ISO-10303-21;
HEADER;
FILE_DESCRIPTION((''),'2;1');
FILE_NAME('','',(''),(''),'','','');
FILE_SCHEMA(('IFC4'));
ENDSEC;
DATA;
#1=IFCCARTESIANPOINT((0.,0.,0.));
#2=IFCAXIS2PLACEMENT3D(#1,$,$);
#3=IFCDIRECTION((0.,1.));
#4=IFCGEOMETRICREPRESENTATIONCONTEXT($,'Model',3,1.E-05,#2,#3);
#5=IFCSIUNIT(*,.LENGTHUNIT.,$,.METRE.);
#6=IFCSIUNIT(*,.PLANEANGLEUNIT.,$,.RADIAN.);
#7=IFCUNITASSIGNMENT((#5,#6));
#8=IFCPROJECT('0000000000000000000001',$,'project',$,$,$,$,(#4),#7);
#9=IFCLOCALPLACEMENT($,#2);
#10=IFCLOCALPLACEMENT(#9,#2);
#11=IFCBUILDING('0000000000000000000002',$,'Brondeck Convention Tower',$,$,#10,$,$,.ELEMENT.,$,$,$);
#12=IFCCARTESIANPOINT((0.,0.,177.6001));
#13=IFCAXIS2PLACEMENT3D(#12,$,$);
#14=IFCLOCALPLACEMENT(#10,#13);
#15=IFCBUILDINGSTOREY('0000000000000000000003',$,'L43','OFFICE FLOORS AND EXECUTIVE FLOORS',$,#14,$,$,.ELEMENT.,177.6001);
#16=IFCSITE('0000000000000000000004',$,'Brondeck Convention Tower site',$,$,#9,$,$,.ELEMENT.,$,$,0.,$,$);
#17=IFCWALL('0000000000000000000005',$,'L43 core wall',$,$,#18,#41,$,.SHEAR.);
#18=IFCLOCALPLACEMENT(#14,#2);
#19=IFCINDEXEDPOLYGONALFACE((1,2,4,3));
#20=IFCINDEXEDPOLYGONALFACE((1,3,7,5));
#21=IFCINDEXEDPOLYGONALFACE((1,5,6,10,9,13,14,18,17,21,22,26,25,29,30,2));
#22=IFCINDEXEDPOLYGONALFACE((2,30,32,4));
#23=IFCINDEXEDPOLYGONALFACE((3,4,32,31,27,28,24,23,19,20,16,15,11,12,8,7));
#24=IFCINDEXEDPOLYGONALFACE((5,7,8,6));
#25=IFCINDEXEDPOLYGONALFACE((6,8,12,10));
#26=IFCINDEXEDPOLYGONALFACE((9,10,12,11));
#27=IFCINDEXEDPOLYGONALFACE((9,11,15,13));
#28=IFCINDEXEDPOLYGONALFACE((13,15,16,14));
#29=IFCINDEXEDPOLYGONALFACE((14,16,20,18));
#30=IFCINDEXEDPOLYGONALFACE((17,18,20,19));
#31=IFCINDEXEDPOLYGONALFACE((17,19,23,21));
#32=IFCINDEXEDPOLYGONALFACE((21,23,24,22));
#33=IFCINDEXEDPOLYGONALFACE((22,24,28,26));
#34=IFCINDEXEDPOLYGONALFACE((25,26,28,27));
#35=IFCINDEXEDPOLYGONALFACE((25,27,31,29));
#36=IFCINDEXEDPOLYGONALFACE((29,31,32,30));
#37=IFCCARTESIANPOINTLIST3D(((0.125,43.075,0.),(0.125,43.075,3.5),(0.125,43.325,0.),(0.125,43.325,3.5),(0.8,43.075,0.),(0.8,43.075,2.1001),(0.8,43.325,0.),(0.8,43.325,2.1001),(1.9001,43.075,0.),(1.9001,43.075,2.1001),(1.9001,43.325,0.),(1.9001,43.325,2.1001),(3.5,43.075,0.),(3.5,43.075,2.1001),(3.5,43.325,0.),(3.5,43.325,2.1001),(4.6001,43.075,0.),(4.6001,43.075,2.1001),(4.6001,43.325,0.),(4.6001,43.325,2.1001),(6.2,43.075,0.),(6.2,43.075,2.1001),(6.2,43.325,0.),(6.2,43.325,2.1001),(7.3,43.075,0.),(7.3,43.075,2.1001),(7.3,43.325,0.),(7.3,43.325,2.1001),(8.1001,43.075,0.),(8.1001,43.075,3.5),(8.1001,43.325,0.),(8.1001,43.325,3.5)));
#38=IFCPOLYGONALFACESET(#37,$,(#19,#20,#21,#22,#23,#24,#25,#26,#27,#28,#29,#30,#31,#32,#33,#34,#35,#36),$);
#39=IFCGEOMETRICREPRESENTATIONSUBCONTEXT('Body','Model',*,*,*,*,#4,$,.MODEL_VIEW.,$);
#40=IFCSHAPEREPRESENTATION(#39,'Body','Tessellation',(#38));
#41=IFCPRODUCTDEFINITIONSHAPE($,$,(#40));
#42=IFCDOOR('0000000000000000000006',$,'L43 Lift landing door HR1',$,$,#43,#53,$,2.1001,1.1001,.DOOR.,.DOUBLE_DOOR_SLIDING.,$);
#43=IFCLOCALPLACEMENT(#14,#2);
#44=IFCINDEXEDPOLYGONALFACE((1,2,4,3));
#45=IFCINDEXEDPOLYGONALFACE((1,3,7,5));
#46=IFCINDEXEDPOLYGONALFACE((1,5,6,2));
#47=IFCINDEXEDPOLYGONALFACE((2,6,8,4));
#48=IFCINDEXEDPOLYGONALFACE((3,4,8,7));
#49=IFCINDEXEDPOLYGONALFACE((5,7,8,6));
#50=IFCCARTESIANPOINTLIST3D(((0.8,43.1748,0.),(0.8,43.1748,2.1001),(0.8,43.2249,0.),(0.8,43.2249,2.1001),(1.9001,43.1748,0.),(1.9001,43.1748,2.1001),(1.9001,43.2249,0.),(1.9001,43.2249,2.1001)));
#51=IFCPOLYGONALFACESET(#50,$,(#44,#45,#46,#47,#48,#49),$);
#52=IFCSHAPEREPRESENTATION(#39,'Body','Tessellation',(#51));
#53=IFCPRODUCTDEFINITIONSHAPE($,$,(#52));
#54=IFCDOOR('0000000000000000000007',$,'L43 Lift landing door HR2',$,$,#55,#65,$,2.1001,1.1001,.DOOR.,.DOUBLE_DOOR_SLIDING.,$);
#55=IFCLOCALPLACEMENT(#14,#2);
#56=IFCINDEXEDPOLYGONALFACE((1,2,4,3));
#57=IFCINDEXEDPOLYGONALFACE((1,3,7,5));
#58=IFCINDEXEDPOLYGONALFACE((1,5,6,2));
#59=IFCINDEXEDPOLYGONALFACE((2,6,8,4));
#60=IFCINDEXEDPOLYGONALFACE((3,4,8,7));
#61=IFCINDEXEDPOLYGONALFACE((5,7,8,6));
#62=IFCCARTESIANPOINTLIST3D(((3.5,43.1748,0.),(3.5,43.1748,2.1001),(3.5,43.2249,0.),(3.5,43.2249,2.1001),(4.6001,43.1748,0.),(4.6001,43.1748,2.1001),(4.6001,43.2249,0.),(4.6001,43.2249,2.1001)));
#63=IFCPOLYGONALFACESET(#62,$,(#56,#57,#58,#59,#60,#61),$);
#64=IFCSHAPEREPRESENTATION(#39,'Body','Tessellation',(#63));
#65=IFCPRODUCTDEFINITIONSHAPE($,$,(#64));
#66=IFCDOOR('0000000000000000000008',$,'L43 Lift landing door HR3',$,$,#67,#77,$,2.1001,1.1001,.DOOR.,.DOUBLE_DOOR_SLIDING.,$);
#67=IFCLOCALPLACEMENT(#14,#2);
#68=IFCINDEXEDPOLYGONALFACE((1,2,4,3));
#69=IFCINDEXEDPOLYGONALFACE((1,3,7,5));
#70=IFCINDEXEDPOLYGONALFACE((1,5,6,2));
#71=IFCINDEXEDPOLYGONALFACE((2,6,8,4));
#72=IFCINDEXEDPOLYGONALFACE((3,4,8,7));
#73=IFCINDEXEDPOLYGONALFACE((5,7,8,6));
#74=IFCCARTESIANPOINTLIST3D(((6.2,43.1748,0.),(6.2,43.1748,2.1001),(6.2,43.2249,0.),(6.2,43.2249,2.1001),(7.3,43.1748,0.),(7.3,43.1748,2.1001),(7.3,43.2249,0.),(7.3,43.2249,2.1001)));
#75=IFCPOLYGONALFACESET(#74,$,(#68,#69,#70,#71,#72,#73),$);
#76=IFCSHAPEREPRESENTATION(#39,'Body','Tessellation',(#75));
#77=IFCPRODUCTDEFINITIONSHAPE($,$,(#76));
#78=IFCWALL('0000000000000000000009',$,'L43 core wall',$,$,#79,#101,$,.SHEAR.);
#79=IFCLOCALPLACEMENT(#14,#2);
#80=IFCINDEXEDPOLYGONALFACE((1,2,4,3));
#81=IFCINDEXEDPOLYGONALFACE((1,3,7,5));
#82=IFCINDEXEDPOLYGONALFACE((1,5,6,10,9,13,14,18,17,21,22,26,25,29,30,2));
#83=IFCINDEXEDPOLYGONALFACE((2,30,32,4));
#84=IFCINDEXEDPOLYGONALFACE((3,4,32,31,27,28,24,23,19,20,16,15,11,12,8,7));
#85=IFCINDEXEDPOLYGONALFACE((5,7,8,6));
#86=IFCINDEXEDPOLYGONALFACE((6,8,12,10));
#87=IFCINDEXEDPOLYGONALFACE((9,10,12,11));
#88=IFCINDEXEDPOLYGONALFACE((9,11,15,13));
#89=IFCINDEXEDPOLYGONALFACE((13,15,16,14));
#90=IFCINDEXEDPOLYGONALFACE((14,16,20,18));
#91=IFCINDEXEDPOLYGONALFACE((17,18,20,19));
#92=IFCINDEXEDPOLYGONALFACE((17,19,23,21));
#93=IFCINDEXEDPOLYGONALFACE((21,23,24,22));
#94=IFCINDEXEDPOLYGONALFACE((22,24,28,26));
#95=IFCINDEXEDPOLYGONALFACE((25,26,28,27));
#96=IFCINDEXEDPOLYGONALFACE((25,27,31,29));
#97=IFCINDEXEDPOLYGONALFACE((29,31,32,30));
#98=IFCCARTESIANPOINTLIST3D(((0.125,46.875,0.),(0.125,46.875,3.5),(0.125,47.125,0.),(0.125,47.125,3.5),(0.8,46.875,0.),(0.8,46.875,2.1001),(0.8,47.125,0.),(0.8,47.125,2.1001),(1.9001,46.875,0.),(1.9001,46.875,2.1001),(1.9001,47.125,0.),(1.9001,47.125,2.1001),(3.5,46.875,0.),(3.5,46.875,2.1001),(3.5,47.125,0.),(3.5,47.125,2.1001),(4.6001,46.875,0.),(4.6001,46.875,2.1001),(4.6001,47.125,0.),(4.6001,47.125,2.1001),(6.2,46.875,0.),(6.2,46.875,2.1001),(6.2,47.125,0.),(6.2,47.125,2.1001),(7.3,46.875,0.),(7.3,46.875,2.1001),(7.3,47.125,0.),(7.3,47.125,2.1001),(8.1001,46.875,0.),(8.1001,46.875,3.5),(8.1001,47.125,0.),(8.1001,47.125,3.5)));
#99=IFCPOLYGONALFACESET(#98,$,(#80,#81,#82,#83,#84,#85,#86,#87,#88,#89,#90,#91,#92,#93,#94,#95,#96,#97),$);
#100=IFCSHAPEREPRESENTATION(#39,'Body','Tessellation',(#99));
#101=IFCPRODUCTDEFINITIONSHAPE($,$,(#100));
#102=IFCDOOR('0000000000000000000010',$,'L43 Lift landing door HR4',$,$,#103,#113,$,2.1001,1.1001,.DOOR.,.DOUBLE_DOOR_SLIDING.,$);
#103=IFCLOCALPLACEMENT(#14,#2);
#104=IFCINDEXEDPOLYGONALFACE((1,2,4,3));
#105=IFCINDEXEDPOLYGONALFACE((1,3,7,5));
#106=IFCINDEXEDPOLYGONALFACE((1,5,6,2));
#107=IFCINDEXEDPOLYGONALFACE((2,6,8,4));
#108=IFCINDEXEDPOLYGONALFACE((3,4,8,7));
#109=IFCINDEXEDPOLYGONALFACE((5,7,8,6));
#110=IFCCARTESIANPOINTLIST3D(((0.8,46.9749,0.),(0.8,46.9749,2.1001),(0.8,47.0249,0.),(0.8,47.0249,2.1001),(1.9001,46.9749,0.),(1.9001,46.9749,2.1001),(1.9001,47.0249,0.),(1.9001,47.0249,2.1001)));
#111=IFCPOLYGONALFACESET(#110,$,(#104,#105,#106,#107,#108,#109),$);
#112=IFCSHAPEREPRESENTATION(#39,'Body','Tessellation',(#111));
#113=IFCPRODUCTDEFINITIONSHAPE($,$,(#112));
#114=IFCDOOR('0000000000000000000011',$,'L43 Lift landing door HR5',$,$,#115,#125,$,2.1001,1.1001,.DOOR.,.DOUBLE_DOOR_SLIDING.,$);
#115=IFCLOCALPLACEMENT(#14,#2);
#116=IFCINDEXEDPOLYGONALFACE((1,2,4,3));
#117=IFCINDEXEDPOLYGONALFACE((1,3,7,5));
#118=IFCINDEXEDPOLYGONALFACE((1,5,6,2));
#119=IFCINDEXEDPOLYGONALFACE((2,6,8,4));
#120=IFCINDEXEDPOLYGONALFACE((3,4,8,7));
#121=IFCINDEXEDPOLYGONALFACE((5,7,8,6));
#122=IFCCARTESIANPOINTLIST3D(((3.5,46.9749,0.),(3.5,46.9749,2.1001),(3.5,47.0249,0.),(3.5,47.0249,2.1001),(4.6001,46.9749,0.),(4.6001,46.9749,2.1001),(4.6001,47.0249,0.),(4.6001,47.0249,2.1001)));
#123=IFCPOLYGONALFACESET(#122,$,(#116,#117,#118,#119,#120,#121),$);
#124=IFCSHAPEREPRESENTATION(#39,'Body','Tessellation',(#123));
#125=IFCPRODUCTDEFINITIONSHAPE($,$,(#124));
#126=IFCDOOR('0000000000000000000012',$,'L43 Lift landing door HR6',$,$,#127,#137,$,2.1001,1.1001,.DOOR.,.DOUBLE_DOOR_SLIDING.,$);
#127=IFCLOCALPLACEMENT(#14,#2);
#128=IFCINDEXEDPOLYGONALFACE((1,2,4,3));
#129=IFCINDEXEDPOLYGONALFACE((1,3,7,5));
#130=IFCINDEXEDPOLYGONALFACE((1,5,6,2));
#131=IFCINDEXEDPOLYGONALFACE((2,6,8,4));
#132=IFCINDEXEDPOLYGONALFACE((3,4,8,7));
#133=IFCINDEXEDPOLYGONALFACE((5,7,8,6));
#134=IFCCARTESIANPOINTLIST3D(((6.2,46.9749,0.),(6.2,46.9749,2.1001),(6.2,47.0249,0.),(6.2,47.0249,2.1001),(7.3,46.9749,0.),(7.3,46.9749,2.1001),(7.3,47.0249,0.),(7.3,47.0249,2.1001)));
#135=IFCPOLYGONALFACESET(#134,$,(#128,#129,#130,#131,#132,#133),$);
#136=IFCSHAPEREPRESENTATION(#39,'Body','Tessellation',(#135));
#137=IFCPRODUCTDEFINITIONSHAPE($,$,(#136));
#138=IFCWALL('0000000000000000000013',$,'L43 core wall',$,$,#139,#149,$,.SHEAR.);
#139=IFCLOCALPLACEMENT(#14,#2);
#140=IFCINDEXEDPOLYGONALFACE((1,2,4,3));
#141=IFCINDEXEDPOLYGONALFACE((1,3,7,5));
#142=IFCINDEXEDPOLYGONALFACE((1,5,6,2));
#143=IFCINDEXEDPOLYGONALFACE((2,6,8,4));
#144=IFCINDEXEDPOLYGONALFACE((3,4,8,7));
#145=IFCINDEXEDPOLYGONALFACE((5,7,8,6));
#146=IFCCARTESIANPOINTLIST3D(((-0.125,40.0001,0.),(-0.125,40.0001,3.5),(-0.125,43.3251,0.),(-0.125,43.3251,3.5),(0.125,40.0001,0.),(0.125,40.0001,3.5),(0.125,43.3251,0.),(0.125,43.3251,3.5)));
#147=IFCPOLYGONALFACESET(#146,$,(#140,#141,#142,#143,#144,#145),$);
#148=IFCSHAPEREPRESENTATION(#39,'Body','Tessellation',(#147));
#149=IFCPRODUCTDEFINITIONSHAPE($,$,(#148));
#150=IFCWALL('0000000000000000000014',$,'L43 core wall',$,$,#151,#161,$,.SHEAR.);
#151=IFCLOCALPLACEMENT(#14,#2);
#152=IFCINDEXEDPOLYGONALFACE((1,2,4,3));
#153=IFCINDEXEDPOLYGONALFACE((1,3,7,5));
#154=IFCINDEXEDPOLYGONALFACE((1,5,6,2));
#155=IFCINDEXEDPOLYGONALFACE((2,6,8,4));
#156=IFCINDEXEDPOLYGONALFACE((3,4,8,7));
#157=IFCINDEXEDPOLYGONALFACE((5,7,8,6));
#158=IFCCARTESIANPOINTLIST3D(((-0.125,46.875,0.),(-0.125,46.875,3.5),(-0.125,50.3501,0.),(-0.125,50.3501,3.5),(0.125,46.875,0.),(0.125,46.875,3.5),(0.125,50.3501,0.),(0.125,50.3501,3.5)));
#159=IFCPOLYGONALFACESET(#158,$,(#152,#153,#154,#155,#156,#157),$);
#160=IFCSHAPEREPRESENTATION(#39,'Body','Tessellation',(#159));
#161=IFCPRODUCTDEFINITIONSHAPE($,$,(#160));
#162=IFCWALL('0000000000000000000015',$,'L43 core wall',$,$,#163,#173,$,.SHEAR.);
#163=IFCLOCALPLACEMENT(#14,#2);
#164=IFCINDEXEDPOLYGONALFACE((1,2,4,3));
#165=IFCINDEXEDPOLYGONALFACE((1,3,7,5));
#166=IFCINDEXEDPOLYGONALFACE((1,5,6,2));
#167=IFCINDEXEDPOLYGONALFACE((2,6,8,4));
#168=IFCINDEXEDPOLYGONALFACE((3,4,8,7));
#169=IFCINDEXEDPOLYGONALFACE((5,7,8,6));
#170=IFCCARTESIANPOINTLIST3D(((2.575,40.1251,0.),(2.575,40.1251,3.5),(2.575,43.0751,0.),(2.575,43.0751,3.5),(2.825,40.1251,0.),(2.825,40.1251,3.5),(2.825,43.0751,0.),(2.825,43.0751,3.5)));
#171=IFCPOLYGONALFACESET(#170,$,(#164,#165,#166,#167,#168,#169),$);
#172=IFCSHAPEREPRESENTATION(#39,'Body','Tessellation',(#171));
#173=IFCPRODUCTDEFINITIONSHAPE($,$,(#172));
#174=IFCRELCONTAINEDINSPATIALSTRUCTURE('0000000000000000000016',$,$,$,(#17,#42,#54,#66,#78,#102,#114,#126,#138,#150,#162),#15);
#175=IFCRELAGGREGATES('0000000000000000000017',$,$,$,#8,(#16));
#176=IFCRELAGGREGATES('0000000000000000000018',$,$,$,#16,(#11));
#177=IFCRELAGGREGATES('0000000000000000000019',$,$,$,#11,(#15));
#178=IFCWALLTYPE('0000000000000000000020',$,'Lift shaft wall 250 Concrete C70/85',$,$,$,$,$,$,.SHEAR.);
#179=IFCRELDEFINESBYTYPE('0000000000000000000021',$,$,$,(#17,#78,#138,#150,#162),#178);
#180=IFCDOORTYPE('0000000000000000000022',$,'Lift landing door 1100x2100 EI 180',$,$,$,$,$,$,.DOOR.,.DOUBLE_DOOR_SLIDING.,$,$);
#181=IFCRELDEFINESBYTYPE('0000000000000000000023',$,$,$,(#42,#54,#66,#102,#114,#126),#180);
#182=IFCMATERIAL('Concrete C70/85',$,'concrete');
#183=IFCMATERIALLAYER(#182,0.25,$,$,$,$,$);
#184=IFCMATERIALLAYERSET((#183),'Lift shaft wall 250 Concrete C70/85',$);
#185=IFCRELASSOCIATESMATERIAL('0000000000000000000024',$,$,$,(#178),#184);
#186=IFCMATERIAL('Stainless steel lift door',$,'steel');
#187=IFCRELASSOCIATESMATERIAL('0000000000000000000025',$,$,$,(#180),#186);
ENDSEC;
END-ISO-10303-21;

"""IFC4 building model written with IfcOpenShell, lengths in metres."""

from ifc_helpers import new_model, si_unit, direction, frame, frame_2d, origin, place, context, subcontext, project, spatial, rectangle, extrude, material, layer, layer_set, type_object, element, fill, save


model = new_model("IFC4")

# Units and contexts
model_context = context("Model", 3, precision=1e-05, world=origin(), true_north=direction((0.0, 1.0)))
body_context = subcontext(model_context, "Body", "Model", "MODEL_VIEW")
ifc_project = project(units=[si_unit("LENGTHUNIT", "METRE"), si_unit("PLANEANGLEUNIT", "RADIAN")], contexts=[model_context])

# Site, building, storey
site_placement = place(None, origin())
site = spatial("IfcSite", under=ifc_project, at=site_placement, Name="Brondeck Convention Tower site", CompositionType="ELEMENT", RefElevation=0.0)
building_placement = place(site_placement, origin())
building = spatial("IfcBuilding", under=site, at=building_placement, Name="Brondeck Convention Tower", CompositionType="ELEMENT")
storey_placement = place(building_placement, frame((0.0, 0.0, 177.6001)))
storey = spatial("IfcBuildingStorey", under=building, at=storey_placement, Name="L43", Description="OFFICE FLOORS AND EXECUTIVE FLOORS", CompositionType="ELEMENT", Elevation=177.6001)

# Shared definitions
ifc_material_1 = material(Name="Concrete C70/85", Category="concrete")

# Shared definitions
ifc_layer_1 = layer(ifc_material_1, 0.25)
ifc_layer_set_1 = layer_set([ifc_layer_1], Name="Lift shaft wall 250 Concrete C70/85")
wall_type_1 = type_object("IfcWallType", Name="Lift shaft wall 250 Concrete C70/85", PredefinedType="SHEAR", material=ifc_layer_set_1)

# Walls, openings, doors
wall_1_placement = place(storey_placement, frame((0.125, 43.2, 0.0), z_axis=(0.0, 0.0, 1.0), x_axis=(1.0, 0.0, 0.0)))
wall_1 = element("IfcWall", 1, at=wall_1_placement, inside=storey, type_object=wall_type_1, Name="L43 core wall", PredefinedType="SHEAR", context=body_context, shape_type="SweptSolid", body=[
    extrude(rectangle(XDim=7.9751, YDim=0.25, at=frame_2d((3.9875, 0.0))), origin(), (0.0, 0.0, 1.0), 3.5),
])
opening_1_placement = place(wall_1_placement, frame((0.675, 0.0, 0.0)))
opening_1 = element("IfcOpeningElement", 2, at=opening_1_placement, cuts=wall_1, PredefinedType="OPENING", context=body_context, shape_type="SweptSolid", body=[
    extrude(rectangle(XDim=1.1001, YDim=2.1001, at=frame_2d((0.55, 1.05))), frame((0.0, 0.135, 0.0), z_axis=(0.0, -1.0, 0.0), x_axis=(1.0, 0.0, 0.0)), (0.0, 0.0, 1.0), 0.27),
])
opening_2_placement = place(wall_1_placement, frame((3.375, 0.0, 0.0)))
opening_2 = element("IfcOpeningElement", 3, at=opening_2_placement, cuts=wall_1, PredefinedType="OPENING", context=body_context, shape_type="SweptSolid", body=[
    extrude(rectangle(XDim=1.1001, YDim=2.1001, at=frame_2d((0.55, 1.05))), frame((0.0, 0.135, 0.0), z_axis=(0.0, -1.0, 0.0), x_axis=(1.0, 0.0, 0.0)), (0.0, 0.0, 1.0), 0.27),
])
opening_3_placement = place(wall_1_placement, frame((6.075, 0.0, 0.0)))
opening_3 = element("IfcOpeningElement", 4, at=opening_3_placement, cuts=wall_1, PredefinedType="OPENING", context=body_context, shape_type="SweptSolid", body=[
    extrude(rectangle(XDim=1.1001, YDim=2.1001, at=frame_2d((0.55, 1.05))), frame((0.0, 0.135, 0.0), z_axis=(0.0, -1.0, 0.0), x_axis=(1.0, 0.0, 0.0)), (0.0, 0.0, 1.0), 0.27),
])
ifc_material_2 = material(Name="Stainless steel lift door", Category="steel")
door_type_1 = type_object("IfcDoorType", Name="Lift landing door 1100x2100 EI 180", OperationType="DOUBLE_DOOR_SLIDING", PredefinedType="DOOR", material=ifc_material_2)
door_1_placement = place(opening_1_placement, origin())
door_1 = element("IfcDoor", 5, at=door_1_placement, inside=storey, type_object=door_type_1, Name="L43 Lift landing door HR1", OperationType="DOUBLE_DOOR_SLIDING", OverallHeight=2.1001, OverallWidth=1.1001, PredefinedType="DOOR", context=body_context, shape_type="SweptSolid", body=[
    extrude(rectangle(XDim=1.1001, YDim=2.1001, at=frame_2d((0.55, 1.05))), frame((0.0, 0.0249, 0.0), z_axis=(0.0, -1.0, 0.0), x_axis=(1.0, 0.0, 0.0)), (0.0, 0.0, 1.0), 0.05),
])
fill(opening_1, door_1)
door_2_placement = place(opening_2_placement, origin())
door_2 = element("IfcDoor", 6, at=door_2_placement, inside=storey, type_object=door_type_1, Name="L43 Lift landing door HR2", OperationType="DOUBLE_DOOR_SLIDING", OverallHeight=2.1001, OverallWidth=1.1001, PredefinedType="DOOR", context=body_context, shape_type="SweptSolid", body=[
    extrude(rectangle(XDim=1.1001, YDim=2.1001, at=frame_2d((0.55, 1.05))), frame((0.0, 0.0249, 0.0), z_axis=(0.0, -1.0, 0.0), x_axis=(1.0, 0.0, 0.0)), (0.0, 0.0, 1.0), 0.05),
])
fill(opening_2, door_2)
door_3_placement = place(opening_3_placement, origin())
door_3 = element("IfcDoor", 7, at=door_3_placement, inside=storey, type_object=door_type_1, Name="L43 Lift landing door HR3", OperationType="DOUBLE_DOOR_SLIDING", OverallHeight=2.1001, OverallWidth=1.1001, PredefinedType="DOOR", context=body_context, shape_type="SweptSolid", body=[
    extrude(rectangle(XDim=1.1001, YDim=2.1001, at=frame_2d((0.55, 1.05))), frame((0.0, 0.0249, 0.0), z_axis=(0.0, -1.0, 0.0), x_axis=(1.0, 0.0, 0.0)), (0.0, 0.0, 1.0), 0.05),
])
fill(opening_3, door_3)
wall_2_placement = place(storey_placement, frame((0.125, 47.0, 0.0), z_axis=(0.0, 0.0, 1.0), x_axis=(1.0, 0.0, 0.0)))
wall_2 = element("IfcWall", 8, at=wall_2_placement, inside=storey, type_object=wall_type_1, Name="L43 core wall", PredefinedType="SHEAR", context=body_context, shape_type="SweptSolid", body=[
    extrude(rectangle(XDim=7.9751, YDim=0.25, at=frame_2d((3.9875, 0.0))), origin(), (0.0, 0.0, 1.0), 3.5),
])
opening_4_placement = place(wall_2_placement, frame((0.675, 0.0, 0.0)))
opening_4 = element("IfcOpeningElement", 9, at=opening_4_placement, cuts=wall_2, PredefinedType="OPENING", context=body_context, shape_type="SweptSolid", body=[
    extrude(rectangle(XDim=1.1001, YDim=2.1001, at=frame_2d((0.55, 1.05))), frame((0.0, 0.135, 0.0), z_axis=(0.0, -1.0, 0.0), x_axis=(1.0, 0.0, 0.0)), (0.0, 0.0, 1.0), 0.27),
])
opening_5_placement = place(wall_2_placement, frame((3.375, 0.0, 0.0)))
opening_5 = element("IfcOpeningElement", 10, at=opening_5_placement, cuts=wall_2, PredefinedType="OPENING", context=body_context, shape_type="SweptSolid", body=[
    extrude(rectangle(XDim=1.1001, YDim=2.1001, at=frame_2d((0.55, 1.05))), frame((0.0, 0.135, 0.0), z_axis=(0.0, -1.0, 0.0), x_axis=(1.0, 0.0, 0.0)), (0.0, 0.0, 1.0), 0.27),
])
opening_6_placement = place(wall_2_placement, frame((6.075, 0.0, 0.0)))
opening_6 = element("IfcOpeningElement", 11, at=opening_6_placement, cuts=wall_2, PredefinedType="OPENING", context=body_context, shape_type="SweptSolid", body=[
    extrude(rectangle(XDim=1.1001, YDim=2.1001, at=frame_2d((0.55, 1.05))), frame((0.0, 0.135, 0.0), z_axis=(0.0, -1.0, 0.0), x_axis=(1.0, 0.0, 0.0)), (0.0, 0.0, 1.0), 0.27),
])
door_4_placement = place(opening_4_placement, origin())
door_4 = element("IfcDoor", 12, at=door_4_placement, inside=storey, type_object=door_type_1, Name="L43 Lift landing door HR4", OperationType="DOUBLE_DOOR_SLIDING", OverallHeight=2.1001, OverallWidth=1.1001, PredefinedType="DOOR", context=body_context, shape_type="SweptSolid", body=[
    extrude(rectangle(XDim=1.1001, YDim=2.1001, at=frame_2d((0.55, 1.05))), frame((0.0, 0.0249, 0.0), z_axis=(0.0, -1.0, 0.0), x_axis=(1.0, 0.0, 0.0)), (0.0, 0.0, 1.0), 0.05),
])
fill(opening_4, door_4)
door_5_placement = place(opening_5_placement, origin())
door_5 = element("IfcDoor", 13, at=door_5_placement, inside=storey, type_object=door_type_1, Name="L43 Lift landing door HR5", OperationType="DOUBLE_DOOR_SLIDING", OverallHeight=2.1001, OverallWidth=1.1001, PredefinedType="DOOR", context=body_context, shape_type="SweptSolid", body=[
    extrude(rectangle(XDim=1.1001, YDim=2.1001, at=frame_2d((0.55, 1.05))), frame((0.0, 0.0249, 0.0), z_axis=(0.0, -1.0, 0.0), x_axis=(1.0, 0.0, 0.0)), (0.0, 0.0, 1.0), 0.05),
])
fill(opening_5, door_5)
door_6_placement = place(opening_6_placement, origin())
door_6 = element("IfcDoor", 14, at=door_6_placement, inside=storey, type_object=door_type_1, Name="L43 Lift landing door HR6", OperationType="DOUBLE_DOOR_SLIDING", OverallHeight=2.1001, OverallWidth=1.1001, PredefinedType="DOOR", context=body_context, shape_type="SweptSolid", body=[
    extrude(rectangle(XDim=1.1001, YDim=2.1001, at=frame_2d((0.55, 1.05))), frame((0.0, 0.0249, 0.0), z_axis=(0.0, -1.0, 0.0), x_axis=(1.0, 0.0, 0.0)), (0.0, 0.0, 1.0), 0.05),
])
fill(opening_6, door_6)

# Walls
wall_3_placement = place(storey_placement, frame((0.0, 40.0, 0.0), z_axis=(0.0, 0.0, 1.0), x_axis=(0.0, 1.0, 0.0)))
element("IfcWall", 15, at=wall_3_placement, inside=storey, type_object=wall_type_1, Name="L43 core wall", PredefinedType="SHEAR", context=body_context, shape_type="SweptSolid", body=[
    extrude(rectangle(XDim=3.325, YDim=0.25, at=frame_2d((1.6626, 0.0))), origin(), (0.0, 0.0, 1.0), 3.5),
])
wall_4_placement = place(storey_placement, frame((0.0, 46.875, 0.0), z_axis=(0.0, 0.0, 1.0), x_axis=(0.0, 1.0, 0.0)))
element("IfcWall", 16, at=wall_4_placement, inside=storey, type_object=wall_type_1, Name="L43 core wall", PredefinedType="SHEAR", context=body_context, shape_type="SweptSolid", body=[
    extrude(rectangle(XDim=3.4751, YDim=0.25, at=frame_2d((1.7375, 0.0))), origin(), (0.0, 0.0, 1.0), 3.5),
])
for number, where, z_axis, x_axis, name in (
    (17, (2.7, 40.125, 0.0), (0.0, 0.0, 1.0), (0.0, 1.0, 0.0), "L43 core wall"),
):
    element("IfcWall", number, at=place(storey_placement, frame(where, z_axis=z_axis, x_axis=x_axis)), inside=storey, type_object=wall_type_1, Name=name, PredefinedType="SHEAR", context=body_context, shape_type="SweptSolid", body=[
        extrude(rectangle(XDim=2.95, YDim=0.25, at=frame_2d((1.4751, 0.0))), origin(), (0.0, 0.0, 1.0), 3.5),
    ])

save(model, "model.ifc")
